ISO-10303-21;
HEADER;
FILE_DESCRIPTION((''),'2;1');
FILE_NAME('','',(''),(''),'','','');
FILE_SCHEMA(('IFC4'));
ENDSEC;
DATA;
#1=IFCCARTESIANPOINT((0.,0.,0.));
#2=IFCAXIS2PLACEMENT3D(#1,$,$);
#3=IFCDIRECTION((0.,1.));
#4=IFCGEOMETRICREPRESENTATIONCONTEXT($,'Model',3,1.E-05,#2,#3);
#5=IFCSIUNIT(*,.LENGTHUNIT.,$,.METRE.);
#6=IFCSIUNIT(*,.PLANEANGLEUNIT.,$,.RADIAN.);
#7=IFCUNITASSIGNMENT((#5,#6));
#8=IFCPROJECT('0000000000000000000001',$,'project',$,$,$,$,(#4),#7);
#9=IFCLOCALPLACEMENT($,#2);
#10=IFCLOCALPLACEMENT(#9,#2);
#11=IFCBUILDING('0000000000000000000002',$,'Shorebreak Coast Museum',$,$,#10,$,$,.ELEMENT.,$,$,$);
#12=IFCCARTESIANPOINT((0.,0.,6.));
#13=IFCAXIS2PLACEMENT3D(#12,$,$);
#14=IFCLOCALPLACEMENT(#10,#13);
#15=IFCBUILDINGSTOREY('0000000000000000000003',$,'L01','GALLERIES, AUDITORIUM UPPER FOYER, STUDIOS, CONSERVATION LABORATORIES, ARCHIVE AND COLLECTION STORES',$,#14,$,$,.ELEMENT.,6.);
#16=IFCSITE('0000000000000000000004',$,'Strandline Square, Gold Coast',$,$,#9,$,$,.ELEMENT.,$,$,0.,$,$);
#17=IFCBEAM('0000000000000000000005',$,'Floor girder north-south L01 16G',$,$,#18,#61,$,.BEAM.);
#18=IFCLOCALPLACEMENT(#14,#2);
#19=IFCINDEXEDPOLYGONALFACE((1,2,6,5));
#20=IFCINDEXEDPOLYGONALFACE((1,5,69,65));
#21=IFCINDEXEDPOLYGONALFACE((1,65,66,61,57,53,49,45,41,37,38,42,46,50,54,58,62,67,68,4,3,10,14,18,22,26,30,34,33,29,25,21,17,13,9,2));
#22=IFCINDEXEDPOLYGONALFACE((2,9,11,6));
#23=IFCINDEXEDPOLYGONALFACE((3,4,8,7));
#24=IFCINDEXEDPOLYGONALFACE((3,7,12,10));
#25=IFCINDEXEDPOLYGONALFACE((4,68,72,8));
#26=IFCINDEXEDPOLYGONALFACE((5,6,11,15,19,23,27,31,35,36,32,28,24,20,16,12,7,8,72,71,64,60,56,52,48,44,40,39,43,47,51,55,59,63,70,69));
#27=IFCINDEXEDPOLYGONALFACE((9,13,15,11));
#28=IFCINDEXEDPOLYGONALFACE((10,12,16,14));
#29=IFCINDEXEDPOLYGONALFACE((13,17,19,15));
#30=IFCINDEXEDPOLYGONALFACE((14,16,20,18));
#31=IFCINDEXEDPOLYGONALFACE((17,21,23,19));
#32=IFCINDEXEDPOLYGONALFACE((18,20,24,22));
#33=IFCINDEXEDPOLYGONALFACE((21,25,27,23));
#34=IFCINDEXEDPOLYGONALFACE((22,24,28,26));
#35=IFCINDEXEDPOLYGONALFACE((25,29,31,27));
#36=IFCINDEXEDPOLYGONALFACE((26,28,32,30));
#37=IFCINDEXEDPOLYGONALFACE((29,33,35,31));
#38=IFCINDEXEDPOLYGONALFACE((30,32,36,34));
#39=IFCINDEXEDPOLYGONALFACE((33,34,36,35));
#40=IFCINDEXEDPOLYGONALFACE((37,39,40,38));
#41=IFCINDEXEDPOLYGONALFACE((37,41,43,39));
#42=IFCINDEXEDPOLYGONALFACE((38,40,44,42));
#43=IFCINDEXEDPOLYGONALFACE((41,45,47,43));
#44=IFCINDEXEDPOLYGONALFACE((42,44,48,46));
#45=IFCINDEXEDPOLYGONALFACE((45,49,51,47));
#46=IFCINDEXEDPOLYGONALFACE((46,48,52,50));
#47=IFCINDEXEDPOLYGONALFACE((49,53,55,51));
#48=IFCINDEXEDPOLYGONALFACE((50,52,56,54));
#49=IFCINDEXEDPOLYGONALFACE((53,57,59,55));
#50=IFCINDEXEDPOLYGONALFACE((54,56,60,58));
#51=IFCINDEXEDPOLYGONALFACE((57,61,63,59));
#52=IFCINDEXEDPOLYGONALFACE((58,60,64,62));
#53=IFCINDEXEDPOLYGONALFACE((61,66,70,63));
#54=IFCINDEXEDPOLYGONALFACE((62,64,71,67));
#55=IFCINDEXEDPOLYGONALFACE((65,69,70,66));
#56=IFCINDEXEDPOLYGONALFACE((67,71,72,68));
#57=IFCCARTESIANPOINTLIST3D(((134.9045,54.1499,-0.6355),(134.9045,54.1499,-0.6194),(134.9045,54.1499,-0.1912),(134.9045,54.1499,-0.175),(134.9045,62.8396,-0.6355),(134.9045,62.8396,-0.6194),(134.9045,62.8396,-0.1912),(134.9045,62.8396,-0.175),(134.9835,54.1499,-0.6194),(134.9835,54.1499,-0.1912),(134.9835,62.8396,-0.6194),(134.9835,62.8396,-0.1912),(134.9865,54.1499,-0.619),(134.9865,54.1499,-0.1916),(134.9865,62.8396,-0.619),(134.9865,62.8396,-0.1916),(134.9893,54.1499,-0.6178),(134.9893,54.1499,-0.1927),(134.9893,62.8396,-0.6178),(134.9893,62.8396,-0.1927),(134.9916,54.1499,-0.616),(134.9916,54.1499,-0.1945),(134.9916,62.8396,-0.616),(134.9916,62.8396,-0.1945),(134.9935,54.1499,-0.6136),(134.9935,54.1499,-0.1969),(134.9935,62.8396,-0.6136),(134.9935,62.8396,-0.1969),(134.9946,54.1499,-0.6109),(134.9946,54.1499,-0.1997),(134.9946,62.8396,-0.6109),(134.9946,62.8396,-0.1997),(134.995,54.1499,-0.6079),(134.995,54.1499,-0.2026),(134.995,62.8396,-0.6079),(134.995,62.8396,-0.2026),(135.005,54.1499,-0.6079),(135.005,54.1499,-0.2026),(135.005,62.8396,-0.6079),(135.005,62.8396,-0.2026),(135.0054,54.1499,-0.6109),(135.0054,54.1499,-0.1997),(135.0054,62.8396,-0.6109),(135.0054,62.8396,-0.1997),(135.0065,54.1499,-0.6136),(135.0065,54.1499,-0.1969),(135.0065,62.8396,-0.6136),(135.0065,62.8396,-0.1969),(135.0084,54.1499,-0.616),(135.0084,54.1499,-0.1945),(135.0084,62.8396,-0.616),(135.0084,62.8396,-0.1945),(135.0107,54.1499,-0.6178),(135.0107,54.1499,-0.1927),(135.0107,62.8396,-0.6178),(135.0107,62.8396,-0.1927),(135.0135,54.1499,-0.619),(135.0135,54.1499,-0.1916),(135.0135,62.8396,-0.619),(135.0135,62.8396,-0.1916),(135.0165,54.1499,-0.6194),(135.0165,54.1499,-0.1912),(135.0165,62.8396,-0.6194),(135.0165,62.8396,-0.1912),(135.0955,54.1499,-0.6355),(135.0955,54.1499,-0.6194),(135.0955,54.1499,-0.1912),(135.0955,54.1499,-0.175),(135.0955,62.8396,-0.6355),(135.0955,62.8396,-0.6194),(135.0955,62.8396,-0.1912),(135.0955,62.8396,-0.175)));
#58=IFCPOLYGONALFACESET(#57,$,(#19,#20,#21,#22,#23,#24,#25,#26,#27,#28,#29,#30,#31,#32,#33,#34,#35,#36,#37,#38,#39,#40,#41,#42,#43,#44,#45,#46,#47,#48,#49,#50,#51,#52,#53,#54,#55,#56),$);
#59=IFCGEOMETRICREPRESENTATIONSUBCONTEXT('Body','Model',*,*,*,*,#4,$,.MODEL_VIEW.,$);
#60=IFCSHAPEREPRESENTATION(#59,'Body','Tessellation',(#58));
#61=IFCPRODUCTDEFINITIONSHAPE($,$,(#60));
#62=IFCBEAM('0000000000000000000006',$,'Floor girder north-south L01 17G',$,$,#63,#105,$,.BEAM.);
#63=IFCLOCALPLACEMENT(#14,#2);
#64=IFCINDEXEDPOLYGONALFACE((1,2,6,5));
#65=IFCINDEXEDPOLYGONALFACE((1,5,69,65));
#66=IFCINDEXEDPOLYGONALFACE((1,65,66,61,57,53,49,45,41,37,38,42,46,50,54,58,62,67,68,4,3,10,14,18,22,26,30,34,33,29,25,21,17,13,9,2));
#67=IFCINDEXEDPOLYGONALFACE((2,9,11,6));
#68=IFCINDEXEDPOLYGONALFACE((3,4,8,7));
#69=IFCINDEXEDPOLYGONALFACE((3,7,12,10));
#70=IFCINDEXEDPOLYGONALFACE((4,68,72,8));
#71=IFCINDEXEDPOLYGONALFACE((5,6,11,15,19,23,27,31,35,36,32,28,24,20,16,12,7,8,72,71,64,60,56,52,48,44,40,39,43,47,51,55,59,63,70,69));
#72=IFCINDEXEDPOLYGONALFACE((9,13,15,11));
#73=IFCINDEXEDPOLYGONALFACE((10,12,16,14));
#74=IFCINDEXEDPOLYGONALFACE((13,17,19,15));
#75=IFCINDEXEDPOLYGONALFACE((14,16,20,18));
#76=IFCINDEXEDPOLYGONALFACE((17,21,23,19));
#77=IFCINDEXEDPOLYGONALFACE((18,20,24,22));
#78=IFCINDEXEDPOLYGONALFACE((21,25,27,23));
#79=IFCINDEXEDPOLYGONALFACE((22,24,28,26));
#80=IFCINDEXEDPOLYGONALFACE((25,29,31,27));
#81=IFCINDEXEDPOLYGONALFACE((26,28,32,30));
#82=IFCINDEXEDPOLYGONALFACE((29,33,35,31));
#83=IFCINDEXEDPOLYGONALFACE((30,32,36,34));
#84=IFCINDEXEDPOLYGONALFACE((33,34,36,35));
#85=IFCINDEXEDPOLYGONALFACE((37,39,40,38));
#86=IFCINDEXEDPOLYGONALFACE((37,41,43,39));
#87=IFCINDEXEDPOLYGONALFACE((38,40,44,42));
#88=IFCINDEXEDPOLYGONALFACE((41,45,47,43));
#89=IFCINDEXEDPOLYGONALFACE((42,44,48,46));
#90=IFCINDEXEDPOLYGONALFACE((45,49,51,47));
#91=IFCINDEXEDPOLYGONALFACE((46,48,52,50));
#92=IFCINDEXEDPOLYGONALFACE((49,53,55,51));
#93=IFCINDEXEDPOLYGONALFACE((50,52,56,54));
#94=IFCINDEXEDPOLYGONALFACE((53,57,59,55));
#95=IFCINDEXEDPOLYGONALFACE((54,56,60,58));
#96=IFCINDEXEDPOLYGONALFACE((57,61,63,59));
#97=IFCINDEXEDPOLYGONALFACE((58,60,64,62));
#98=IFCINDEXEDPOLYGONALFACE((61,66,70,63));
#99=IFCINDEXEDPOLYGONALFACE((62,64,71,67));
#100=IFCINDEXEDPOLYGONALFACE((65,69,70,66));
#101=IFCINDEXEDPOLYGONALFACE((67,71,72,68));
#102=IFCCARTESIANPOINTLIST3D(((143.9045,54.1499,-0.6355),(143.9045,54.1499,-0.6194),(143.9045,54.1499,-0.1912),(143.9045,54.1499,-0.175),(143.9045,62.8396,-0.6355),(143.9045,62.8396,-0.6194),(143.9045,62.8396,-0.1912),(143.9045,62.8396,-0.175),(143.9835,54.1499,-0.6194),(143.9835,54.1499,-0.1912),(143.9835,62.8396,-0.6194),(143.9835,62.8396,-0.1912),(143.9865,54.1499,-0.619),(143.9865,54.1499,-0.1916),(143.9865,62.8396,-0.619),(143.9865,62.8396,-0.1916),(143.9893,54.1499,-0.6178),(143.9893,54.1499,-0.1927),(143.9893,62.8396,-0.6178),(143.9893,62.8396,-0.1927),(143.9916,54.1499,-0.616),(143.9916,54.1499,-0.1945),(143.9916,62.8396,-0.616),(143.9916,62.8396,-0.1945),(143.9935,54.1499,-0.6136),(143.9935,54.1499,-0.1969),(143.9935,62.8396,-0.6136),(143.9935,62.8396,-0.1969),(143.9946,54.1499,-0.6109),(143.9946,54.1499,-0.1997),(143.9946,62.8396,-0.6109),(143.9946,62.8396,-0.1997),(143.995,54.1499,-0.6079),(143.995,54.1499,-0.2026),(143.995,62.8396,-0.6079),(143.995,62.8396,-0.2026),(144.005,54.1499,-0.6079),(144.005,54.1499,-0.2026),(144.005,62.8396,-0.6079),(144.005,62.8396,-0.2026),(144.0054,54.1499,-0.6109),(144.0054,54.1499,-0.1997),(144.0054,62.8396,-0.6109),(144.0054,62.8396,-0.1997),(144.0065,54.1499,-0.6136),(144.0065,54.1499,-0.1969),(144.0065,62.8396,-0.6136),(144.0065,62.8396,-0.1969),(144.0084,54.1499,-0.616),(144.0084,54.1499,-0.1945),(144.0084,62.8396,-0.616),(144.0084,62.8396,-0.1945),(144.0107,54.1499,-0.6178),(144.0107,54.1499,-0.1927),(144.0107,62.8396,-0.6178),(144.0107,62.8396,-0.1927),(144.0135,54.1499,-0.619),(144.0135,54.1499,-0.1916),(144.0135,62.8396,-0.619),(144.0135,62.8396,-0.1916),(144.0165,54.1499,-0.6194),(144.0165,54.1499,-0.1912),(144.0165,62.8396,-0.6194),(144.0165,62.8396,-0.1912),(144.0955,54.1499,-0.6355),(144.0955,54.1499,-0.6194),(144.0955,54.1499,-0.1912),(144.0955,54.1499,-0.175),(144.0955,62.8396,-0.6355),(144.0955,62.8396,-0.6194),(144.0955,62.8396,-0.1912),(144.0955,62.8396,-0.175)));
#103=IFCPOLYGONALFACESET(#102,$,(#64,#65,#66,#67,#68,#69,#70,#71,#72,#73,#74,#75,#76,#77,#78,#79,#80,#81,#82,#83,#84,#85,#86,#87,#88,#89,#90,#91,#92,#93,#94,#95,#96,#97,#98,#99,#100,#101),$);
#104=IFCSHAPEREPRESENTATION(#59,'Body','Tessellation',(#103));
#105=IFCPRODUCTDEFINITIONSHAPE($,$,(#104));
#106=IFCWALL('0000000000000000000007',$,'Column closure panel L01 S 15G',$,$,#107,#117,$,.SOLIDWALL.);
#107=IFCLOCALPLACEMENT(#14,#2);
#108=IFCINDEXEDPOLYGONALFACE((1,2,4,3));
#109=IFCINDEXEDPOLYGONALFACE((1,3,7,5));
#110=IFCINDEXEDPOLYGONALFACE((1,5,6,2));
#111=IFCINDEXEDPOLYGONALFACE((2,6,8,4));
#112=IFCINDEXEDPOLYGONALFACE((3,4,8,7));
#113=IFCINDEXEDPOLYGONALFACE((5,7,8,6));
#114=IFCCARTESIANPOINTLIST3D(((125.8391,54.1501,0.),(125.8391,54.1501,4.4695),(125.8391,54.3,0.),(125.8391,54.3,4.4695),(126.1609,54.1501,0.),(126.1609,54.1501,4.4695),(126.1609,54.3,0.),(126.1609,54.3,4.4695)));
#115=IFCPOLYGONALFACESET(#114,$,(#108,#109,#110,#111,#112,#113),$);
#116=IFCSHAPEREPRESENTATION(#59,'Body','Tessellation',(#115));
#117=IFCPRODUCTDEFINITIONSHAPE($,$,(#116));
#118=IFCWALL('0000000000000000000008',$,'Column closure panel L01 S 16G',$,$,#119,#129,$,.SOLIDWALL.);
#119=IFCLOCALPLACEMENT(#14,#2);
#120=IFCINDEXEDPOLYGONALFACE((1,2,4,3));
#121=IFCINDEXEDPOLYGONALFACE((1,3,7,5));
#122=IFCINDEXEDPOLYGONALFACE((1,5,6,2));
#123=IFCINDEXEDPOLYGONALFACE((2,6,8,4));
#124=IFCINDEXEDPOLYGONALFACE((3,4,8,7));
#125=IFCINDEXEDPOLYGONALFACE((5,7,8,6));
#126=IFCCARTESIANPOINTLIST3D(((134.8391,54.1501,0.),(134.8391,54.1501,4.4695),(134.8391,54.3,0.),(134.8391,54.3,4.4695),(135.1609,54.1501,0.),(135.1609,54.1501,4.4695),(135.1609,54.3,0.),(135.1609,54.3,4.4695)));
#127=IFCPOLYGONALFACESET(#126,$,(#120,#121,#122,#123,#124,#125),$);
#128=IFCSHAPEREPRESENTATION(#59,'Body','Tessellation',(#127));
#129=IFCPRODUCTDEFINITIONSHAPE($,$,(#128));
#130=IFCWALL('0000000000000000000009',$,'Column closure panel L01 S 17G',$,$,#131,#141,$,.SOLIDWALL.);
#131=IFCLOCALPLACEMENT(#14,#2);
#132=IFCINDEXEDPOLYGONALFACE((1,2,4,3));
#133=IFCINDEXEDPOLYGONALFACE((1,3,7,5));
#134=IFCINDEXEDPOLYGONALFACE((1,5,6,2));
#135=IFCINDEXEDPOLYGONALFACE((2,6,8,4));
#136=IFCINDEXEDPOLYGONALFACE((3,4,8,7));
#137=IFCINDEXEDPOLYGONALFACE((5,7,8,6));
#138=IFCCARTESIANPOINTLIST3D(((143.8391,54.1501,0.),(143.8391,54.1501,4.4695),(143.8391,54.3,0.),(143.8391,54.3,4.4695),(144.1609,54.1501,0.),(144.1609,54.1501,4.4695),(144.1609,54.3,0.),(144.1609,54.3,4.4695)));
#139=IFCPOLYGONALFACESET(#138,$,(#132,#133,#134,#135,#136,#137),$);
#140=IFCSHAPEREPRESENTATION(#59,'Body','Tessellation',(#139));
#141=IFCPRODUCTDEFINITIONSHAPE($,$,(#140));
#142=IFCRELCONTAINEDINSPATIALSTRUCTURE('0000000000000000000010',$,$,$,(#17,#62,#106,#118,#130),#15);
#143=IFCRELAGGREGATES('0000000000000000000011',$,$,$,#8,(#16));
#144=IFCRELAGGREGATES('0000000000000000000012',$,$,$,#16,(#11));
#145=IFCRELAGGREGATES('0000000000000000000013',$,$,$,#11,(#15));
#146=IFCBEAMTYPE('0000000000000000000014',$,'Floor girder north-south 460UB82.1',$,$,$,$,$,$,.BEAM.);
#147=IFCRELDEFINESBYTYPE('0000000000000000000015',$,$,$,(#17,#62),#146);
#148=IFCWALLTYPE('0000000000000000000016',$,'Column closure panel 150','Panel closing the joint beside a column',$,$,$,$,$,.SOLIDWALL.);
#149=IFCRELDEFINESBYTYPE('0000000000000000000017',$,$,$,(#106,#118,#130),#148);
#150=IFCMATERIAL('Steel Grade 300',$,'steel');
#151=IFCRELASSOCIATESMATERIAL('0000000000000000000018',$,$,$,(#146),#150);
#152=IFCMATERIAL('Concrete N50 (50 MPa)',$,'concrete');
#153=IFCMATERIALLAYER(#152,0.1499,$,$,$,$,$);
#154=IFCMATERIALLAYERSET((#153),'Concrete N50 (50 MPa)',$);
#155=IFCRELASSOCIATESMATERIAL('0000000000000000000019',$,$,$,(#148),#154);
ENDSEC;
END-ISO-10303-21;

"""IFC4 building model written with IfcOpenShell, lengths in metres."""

from ifc_helpers import new_model, si_unit, direction, frame, frame_2d, origin, origin_2d, place, context, subcontext, project, spatial, rectangle, i_section, extrude, material, layer, layer_set, material_profile, profile_set, type_object, element, save


model = new_model("IFC4")

# Units and contexts
model_context = context("Model", 3, precision=1e-05, world=origin(), true_north=direction((0.0, 1.0)))
body_context = subcontext(model_context, "Body", "Model", "MODEL_VIEW")
ifc_project = project(units=[si_unit("LENGTHUNIT", "METRE"), si_unit("PLANEANGLEUNIT", "RADIAN")], contexts=[model_context])

# Site, building, storey
site_placement = place(None, origin())
site = spatial("IfcSite", under=ifc_project, at=site_placement, Name="Strandline Square, Gold Coast", CompositionType="ELEMENT", RefElevation=0.0)
building_placement = place(site_placement, origin())
building = spatial("IfcBuilding", under=site, at=building_placement, Name="Shorebreak Coast Museum", CompositionType="ELEMENT")
storey_placement = place(building_placement, frame((0.0, 0.0, 6.0)))
storey = spatial("IfcBuildingStorey", under=building, at=storey_placement, Name="L01", Description="GALLERIES, AUDITORIUM UPPER FOYER, STUDIOS, CONSERVATION LABORATORIES, ARCHIVE AND COLLECTION STORES", CompositionType="ELEMENT", Elevation=6.0)

# Beams
ifc_material_1 = material(Name="Steel Grade 300", Category="steel")
ifc_material_profile_1 = material_profile(ifc_material_1, i_section(OverallWidth=0.1909, OverallDepth=0.4604, WebThickness=0.01, FlangeThickness=0.0161, FilletRadius=0.0115, at=origin_2d()), Name="460UB82.1")
ifc_profile_set_1 = profile_set([ifc_material_profile_1], Name="Steel Grade 300")
beam_type_1 = type_object("IfcBeamType", Name="Floor girder north-south 460UB82.1", PredefinedType="BEAM", material=ifc_profile_set_1)
for number, where, z_axis, x_axis, name in (
    (1, (135.0, 54.1499, -0.4053), (0.0, 1.0, 0.0), (-1.0, 0.0, 0.0), "Floor girder north-south L01 16G"),
    (2, (144.0, 54.1499, -0.4053), (0.0, 1.0, 0.0), (-1.0, 0.0, 0.0), "Floor girder north-south L01 17G"),
):
    element("IfcBeam", number, at=place(storey_placement, frame(where, z_axis=z_axis, x_axis=x_axis)), inside=storey, type_object=beam_type_1, Name=name, PredefinedType="BEAM", context=body_context, shape_type="SweptSolid", body=[
        extrude(i_section(OverallWidth=0.1909, OverallDepth=0.4604, WebThickness=0.01, FlangeThickness=0.0161, FilletRadius=0.0115, at=origin_2d()), origin(), (0.0, 0.0, 1.0), 8.6897),
    ])

# Walls
ifc_material_2 = material(Name="Concrete N50 (50 MPa)", Category="concrete")
ifc_layer_1 = layer(ifc_material_2, 0.1499)
ifc_layer_set_1 = layer_set([ifc_layer_1], Name="Concrete N50 (50 MPa)")
wall_type_1 = type_object("IfcWallType", Name="Column closure panel 150", Description="Panel closing the joint beside a column", PredefinedType="SOLIDWALL", material=ifc_layer_set_1)
for number, where, z_axis, x_axis, name in (
    (3, (125.8391, 54.2251, 0.0), (0.0, 0.0, 1.0), (1.0, 0.0, 0.0), "Column closure panel L01 S 15G"),
    (4, (134.8391, 54.2251, 0.0), (0.0, 0.0, 1.0), (1.0, 0.0, 0.0), "Column closure panel L01 S 16G"),
    (5, (143.8391, 54.2251, 0.0), (0.0, 0.0, 1.0), (1.0, 0.0, 0.0), "Column closure panel L01 S 17G"),
):
    element("IfcWall", number, at=place(storey_placement, frame(where, z_axis=z_axis, x_axis=x_axis)), inside=storey, type_object=wall_type_1, Name=name, PredefinedType="SOLIDWALL", context=body_context, shape_type="SweptSolid", body=[
        extrude(rectangle(XDim=0.3218, YDim=0.1499, at=frame_2d((0.1609, 0.0))), origin(), (0.0, 0.0, 1.0), 4.4695),
    ])

save(model, "model.ifc")
